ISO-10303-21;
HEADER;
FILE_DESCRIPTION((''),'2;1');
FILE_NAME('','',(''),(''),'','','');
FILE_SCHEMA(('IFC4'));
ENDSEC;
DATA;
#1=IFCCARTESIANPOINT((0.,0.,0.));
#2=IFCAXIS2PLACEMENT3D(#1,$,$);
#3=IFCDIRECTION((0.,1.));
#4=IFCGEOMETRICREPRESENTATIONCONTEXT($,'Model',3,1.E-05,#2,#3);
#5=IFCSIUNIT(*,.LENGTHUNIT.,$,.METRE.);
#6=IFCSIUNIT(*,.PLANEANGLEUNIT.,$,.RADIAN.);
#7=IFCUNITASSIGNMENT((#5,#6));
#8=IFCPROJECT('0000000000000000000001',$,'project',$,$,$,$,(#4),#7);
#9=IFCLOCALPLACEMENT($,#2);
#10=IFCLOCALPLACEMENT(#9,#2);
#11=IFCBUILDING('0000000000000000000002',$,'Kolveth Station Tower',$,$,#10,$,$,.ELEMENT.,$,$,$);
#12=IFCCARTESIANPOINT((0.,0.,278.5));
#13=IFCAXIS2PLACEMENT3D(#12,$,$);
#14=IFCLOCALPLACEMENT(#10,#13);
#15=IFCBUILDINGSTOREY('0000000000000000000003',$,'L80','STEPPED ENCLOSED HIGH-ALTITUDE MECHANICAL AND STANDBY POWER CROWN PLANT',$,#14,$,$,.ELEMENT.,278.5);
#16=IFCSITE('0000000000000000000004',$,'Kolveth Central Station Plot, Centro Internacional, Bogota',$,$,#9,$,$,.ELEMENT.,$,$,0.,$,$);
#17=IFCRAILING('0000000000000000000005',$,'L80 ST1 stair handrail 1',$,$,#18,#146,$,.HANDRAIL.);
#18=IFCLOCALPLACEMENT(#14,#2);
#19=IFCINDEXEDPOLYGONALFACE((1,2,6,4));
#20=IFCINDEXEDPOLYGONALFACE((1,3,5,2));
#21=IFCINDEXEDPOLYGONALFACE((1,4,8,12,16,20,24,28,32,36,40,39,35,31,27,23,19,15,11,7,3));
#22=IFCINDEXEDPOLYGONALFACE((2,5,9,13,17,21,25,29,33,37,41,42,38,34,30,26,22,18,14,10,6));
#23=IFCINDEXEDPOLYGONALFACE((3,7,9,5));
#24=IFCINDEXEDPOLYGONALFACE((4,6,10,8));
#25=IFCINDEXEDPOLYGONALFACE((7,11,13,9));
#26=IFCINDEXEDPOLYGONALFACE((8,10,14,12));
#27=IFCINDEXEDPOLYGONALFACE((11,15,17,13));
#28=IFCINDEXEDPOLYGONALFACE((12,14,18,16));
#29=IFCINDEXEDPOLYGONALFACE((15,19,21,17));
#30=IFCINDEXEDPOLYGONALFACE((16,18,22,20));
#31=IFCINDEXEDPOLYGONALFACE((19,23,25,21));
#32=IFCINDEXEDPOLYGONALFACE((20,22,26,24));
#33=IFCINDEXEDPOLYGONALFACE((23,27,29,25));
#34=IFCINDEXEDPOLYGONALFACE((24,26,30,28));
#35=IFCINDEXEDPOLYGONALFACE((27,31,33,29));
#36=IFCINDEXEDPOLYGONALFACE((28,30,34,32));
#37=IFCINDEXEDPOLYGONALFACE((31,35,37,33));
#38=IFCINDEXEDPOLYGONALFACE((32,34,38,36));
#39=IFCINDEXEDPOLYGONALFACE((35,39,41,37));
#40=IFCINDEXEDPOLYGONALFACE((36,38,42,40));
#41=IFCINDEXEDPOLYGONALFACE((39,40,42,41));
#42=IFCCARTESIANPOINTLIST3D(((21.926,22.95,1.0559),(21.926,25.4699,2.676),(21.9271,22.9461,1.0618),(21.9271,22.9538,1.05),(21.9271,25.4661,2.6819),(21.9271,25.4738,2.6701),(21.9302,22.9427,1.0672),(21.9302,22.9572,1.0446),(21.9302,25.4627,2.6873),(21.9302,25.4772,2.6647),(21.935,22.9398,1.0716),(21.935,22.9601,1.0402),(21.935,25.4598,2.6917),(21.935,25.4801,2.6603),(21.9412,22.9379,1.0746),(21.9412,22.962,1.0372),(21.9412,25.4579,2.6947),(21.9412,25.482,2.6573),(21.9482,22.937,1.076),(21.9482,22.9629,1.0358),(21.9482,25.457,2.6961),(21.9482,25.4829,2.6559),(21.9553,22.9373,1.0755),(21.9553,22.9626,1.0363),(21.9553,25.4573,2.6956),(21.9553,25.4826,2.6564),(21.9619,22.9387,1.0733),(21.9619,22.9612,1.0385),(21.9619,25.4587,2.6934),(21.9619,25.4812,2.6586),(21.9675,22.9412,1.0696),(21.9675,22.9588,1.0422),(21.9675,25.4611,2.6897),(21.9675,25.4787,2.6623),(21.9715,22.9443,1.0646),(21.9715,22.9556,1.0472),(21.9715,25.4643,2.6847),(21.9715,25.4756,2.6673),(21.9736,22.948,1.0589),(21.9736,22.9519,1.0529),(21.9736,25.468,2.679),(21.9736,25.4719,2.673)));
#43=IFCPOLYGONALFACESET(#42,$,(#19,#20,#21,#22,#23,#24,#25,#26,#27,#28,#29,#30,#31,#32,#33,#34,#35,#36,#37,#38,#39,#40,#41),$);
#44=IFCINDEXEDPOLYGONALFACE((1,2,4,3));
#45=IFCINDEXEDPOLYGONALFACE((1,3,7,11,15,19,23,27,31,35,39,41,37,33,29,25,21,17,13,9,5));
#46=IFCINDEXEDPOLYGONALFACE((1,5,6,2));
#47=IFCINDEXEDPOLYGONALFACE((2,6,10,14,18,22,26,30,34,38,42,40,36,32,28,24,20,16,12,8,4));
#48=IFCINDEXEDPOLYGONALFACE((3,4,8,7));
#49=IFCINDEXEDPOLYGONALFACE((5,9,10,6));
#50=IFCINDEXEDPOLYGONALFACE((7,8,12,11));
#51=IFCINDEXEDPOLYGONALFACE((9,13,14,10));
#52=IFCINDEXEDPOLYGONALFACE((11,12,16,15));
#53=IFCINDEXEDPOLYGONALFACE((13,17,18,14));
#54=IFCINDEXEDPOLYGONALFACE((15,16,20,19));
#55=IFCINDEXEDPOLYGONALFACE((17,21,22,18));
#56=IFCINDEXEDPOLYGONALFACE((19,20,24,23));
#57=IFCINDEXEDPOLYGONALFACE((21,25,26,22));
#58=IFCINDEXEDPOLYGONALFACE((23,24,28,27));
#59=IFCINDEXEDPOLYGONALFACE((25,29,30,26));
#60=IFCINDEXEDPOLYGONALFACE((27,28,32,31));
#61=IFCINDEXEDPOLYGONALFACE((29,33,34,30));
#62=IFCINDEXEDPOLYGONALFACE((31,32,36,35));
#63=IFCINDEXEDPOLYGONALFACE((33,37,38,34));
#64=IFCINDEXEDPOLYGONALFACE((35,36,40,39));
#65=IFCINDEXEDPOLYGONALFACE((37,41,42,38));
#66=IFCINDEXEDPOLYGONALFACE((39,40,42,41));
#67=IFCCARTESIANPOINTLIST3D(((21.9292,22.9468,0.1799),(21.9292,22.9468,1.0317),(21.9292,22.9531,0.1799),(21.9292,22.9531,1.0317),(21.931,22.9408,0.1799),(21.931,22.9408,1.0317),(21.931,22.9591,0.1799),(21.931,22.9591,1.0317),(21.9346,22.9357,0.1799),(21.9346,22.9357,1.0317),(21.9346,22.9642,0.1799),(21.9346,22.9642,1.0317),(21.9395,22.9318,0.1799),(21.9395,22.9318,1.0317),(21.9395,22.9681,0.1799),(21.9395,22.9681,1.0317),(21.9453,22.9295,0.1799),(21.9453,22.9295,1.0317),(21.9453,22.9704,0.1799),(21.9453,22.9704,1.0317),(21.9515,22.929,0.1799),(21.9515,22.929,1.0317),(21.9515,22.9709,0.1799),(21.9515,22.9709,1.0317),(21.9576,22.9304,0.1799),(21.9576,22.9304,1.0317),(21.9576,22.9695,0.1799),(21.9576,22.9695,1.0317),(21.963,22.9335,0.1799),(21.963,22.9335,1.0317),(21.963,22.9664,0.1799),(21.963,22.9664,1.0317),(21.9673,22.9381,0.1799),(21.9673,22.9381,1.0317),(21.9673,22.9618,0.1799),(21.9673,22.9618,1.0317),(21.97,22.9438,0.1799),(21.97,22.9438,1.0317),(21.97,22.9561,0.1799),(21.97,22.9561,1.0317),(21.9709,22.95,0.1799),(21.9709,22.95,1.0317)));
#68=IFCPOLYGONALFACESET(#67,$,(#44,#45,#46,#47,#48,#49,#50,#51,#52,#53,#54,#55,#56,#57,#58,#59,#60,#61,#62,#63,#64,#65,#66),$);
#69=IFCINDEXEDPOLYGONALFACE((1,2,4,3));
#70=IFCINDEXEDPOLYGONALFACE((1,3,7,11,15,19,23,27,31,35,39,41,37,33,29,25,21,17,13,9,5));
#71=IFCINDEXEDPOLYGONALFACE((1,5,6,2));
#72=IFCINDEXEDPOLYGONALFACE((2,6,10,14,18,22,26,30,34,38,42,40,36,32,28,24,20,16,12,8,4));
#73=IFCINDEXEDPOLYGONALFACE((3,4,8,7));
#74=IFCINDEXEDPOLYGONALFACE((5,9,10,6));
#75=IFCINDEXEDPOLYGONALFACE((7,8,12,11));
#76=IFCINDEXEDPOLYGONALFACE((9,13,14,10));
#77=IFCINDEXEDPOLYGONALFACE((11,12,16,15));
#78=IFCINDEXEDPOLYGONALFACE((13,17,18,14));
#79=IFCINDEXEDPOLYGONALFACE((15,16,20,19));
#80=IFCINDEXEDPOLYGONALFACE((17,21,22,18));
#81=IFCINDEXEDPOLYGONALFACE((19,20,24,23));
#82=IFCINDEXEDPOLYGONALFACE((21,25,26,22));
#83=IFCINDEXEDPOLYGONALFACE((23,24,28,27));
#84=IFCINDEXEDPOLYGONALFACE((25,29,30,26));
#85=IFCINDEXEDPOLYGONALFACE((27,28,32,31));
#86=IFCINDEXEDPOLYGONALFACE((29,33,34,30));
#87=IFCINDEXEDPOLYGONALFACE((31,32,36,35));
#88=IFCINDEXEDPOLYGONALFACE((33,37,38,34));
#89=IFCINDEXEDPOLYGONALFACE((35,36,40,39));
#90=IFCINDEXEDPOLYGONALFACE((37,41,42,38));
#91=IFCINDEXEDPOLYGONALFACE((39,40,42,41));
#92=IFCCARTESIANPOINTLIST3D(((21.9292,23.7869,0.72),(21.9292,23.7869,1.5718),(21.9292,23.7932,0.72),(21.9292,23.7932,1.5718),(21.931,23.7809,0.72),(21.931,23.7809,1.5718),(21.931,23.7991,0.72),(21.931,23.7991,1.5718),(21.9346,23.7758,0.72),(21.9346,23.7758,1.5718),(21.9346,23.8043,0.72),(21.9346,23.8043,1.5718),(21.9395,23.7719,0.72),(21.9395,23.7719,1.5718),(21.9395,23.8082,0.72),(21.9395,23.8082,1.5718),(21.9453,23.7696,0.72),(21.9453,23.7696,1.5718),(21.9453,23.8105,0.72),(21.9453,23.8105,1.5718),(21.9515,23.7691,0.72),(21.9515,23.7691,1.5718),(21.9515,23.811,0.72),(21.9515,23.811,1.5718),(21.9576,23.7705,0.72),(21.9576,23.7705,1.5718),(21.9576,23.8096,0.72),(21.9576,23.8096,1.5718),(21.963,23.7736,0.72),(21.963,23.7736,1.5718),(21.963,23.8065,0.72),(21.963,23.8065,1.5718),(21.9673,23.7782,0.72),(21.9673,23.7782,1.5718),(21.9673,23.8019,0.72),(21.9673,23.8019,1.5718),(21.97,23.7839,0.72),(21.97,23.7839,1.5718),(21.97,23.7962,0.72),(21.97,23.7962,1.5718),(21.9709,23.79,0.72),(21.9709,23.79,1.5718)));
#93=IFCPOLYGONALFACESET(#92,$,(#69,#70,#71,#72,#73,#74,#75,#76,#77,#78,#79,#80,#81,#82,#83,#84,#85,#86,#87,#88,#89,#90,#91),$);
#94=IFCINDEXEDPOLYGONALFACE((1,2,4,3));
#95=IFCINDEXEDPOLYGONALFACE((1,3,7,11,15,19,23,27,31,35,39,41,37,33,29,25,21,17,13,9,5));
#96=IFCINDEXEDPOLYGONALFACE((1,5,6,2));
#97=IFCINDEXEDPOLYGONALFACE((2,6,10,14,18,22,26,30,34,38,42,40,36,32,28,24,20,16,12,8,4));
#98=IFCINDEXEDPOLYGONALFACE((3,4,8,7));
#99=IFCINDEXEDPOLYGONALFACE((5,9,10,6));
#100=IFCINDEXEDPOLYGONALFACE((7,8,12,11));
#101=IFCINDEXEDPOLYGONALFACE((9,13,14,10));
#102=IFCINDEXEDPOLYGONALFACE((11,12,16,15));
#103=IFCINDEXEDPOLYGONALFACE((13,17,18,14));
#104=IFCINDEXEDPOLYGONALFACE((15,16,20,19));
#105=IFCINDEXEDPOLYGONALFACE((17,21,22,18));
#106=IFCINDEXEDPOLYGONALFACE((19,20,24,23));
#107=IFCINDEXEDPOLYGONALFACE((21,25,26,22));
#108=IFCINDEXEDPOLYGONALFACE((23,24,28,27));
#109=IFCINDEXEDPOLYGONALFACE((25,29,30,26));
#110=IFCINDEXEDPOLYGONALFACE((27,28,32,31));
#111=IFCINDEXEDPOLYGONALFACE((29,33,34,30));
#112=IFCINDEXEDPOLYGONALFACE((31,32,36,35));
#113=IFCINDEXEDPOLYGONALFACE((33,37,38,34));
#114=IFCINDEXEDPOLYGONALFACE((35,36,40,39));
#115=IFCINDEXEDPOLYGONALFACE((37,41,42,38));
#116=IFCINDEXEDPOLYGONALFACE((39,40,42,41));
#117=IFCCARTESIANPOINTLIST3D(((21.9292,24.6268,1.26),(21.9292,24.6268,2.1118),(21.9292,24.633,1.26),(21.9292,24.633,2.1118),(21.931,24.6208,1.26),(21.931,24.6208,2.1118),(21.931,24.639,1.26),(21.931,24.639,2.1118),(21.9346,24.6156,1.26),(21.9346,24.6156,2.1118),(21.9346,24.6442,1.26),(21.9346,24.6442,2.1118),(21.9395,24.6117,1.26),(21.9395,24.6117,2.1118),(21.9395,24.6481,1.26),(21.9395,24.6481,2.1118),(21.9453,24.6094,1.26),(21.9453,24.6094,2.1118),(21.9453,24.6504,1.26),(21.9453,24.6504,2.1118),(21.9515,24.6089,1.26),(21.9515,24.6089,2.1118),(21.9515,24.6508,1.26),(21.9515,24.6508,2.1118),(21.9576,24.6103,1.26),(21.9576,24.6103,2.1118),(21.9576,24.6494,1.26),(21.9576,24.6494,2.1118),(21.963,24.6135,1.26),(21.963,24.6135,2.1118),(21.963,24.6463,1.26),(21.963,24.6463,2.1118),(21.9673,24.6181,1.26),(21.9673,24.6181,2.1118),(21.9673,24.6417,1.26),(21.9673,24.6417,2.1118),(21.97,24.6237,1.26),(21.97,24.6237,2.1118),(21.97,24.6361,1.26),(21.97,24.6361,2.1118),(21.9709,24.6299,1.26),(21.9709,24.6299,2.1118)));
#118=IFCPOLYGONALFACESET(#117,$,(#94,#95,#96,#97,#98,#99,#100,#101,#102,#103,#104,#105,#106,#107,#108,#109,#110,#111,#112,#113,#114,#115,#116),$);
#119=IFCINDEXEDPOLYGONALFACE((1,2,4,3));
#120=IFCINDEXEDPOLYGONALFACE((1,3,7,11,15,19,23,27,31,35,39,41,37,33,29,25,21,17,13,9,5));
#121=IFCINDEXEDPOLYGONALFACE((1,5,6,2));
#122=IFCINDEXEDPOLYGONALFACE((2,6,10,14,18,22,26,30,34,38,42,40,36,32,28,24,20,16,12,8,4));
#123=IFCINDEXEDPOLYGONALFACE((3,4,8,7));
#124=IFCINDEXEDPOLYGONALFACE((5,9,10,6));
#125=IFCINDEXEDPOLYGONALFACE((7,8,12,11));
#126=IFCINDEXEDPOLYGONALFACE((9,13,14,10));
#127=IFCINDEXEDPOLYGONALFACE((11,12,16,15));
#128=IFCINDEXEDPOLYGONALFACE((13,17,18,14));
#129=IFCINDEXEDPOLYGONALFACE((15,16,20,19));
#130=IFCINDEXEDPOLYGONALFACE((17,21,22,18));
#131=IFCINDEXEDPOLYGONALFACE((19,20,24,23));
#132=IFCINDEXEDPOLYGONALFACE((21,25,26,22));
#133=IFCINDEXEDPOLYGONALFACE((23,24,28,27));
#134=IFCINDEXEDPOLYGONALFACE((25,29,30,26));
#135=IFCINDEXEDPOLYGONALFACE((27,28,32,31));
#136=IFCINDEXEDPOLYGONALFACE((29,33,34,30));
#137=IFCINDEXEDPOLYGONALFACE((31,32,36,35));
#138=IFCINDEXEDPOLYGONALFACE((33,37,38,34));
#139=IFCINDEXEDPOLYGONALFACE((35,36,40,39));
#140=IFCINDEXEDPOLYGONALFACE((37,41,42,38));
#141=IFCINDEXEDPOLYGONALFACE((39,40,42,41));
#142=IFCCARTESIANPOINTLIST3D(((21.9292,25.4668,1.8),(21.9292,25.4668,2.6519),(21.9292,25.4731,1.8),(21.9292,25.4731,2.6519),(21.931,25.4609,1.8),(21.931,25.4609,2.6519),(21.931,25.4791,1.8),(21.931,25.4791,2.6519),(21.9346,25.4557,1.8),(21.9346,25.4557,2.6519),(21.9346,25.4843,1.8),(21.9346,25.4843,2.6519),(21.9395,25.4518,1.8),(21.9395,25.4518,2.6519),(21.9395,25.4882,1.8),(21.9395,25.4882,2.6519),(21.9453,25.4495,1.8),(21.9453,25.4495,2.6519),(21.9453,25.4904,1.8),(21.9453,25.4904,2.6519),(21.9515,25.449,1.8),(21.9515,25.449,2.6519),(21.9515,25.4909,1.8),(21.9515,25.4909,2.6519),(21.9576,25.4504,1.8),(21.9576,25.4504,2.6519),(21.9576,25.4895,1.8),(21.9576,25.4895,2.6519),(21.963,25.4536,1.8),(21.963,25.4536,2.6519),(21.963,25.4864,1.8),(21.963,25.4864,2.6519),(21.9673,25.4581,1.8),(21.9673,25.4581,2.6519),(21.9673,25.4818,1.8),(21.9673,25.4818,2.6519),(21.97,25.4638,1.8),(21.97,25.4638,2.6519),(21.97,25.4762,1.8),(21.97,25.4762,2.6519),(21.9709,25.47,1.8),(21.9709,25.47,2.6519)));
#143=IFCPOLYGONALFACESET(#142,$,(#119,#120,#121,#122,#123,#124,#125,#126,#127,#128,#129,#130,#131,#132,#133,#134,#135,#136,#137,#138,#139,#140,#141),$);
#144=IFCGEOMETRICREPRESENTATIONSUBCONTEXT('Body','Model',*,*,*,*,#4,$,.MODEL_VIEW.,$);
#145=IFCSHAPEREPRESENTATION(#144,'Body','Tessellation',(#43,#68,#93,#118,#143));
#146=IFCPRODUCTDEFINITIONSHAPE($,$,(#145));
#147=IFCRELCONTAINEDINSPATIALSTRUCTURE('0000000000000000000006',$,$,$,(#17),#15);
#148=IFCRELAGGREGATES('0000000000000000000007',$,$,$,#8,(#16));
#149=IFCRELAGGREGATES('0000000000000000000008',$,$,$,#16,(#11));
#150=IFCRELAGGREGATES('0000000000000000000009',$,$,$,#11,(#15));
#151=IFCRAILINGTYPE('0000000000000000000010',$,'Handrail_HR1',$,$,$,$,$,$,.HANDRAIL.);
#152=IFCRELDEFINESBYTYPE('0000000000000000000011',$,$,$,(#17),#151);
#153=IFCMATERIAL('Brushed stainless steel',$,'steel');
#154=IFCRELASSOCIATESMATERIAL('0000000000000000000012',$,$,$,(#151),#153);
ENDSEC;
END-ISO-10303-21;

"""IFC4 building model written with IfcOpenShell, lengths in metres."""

from ifc_helpers import new_model, si_unit, direction, frame, origin, origin_2d, place, context, subcontext, project, spatial, circle, extrude, material, type_object, element, save


model = new_model("IFC4")

# Units and contexts
model_context = context("Model", 3, precision=1e-05, world=origin(), true_north=direction((0.0, 1.0)))
body_context = subcontext(model_context, "Body", "Model", "MODEL_VIEW")
ifc_project = project(units=[si_unit("LENGTHUNIT", "METRE"), si_unit("PLANEANGLEUNIT", "RADIAN")], contexts=[model_context])

# Site, building, storey
site_placement = place(None, origin())
site = spatial("IfcSite", under=ifc_project, at=site_placement, Name="Kolveth Central Station Plot, Centro Internacional, Bogota", CompositionType="ELEMENT", RefElevation=0.0)
building_placement = place(site_placement, origin())
building = spatial("IfcBuilding", under=site, at=building_placement, Name="Kolveth Station Tower", CompositionType="ELEMENT")
storey_placement = place(building_placement, frame((0.0, 0.0, 278.5)))
storey = spatial("IfcBuildingStorey", under=building, at=storey_placement, Name="L80", Description="STEPPED ENCLOSED HIGH-ALTITUDE MECHANICAL AND STANDBY POWER CROWN PLANT", CompositionType="ELEMENT", Elevation=278.5)

# Railing
ifc_material_1 = material(Name="Brushed stainless steel", Category="steel")
railing_type_1 = type_object("IfcRailingType", Name="Handrail_HR1", PredefinedType="HANDRAIL", material=ifc_material_1)
for number, where, name in (
    (1, (21.95, 22.95, 0.1799), "L80 ST1 stair handrail 1"),
):
    element("IfcRailing", number, at=place(storey_placement, frame(where)), inside=storey, type_object=railing_type_1, Name=name, PredefinedType="HANDRAIL", context=body_context, shape_type="SweptSolid", body=[
        extrude(circle(Radius=0.0239, at=origin_2d()), frame((0.0, 0.0, 0.876), z_axis=(0.0, 0.841163, 0.540782), x_axis=(-1.0, 0.0, 0.0)), (0.0, 0.0, 1.0), 2.9958),
        extrude(circle(Radius=0.021, at=origin_2d()), origin(), (0.0, 0.0, 1.0), 0.8518),
        extrude(circle(Radius=0.021, at=origin_2d()), frame((0.0, 0.8401, 0.54)), (0.0, 0.0, 1.0), 0.8518),
        extrude(circle(Radius=0.021, at=origin_2d()), frame((0.0, 1.6799, 1.0801)), (0.0, 0.0, 1.0), 0.8518),
        extrude(circle(Radius=0.021, at=origin_2d()), frame((0.0, 2.52, 1.6201)), (0.0, 0.0, 1.0), 0.8518),
    ])

save(model, "model.ifc")
